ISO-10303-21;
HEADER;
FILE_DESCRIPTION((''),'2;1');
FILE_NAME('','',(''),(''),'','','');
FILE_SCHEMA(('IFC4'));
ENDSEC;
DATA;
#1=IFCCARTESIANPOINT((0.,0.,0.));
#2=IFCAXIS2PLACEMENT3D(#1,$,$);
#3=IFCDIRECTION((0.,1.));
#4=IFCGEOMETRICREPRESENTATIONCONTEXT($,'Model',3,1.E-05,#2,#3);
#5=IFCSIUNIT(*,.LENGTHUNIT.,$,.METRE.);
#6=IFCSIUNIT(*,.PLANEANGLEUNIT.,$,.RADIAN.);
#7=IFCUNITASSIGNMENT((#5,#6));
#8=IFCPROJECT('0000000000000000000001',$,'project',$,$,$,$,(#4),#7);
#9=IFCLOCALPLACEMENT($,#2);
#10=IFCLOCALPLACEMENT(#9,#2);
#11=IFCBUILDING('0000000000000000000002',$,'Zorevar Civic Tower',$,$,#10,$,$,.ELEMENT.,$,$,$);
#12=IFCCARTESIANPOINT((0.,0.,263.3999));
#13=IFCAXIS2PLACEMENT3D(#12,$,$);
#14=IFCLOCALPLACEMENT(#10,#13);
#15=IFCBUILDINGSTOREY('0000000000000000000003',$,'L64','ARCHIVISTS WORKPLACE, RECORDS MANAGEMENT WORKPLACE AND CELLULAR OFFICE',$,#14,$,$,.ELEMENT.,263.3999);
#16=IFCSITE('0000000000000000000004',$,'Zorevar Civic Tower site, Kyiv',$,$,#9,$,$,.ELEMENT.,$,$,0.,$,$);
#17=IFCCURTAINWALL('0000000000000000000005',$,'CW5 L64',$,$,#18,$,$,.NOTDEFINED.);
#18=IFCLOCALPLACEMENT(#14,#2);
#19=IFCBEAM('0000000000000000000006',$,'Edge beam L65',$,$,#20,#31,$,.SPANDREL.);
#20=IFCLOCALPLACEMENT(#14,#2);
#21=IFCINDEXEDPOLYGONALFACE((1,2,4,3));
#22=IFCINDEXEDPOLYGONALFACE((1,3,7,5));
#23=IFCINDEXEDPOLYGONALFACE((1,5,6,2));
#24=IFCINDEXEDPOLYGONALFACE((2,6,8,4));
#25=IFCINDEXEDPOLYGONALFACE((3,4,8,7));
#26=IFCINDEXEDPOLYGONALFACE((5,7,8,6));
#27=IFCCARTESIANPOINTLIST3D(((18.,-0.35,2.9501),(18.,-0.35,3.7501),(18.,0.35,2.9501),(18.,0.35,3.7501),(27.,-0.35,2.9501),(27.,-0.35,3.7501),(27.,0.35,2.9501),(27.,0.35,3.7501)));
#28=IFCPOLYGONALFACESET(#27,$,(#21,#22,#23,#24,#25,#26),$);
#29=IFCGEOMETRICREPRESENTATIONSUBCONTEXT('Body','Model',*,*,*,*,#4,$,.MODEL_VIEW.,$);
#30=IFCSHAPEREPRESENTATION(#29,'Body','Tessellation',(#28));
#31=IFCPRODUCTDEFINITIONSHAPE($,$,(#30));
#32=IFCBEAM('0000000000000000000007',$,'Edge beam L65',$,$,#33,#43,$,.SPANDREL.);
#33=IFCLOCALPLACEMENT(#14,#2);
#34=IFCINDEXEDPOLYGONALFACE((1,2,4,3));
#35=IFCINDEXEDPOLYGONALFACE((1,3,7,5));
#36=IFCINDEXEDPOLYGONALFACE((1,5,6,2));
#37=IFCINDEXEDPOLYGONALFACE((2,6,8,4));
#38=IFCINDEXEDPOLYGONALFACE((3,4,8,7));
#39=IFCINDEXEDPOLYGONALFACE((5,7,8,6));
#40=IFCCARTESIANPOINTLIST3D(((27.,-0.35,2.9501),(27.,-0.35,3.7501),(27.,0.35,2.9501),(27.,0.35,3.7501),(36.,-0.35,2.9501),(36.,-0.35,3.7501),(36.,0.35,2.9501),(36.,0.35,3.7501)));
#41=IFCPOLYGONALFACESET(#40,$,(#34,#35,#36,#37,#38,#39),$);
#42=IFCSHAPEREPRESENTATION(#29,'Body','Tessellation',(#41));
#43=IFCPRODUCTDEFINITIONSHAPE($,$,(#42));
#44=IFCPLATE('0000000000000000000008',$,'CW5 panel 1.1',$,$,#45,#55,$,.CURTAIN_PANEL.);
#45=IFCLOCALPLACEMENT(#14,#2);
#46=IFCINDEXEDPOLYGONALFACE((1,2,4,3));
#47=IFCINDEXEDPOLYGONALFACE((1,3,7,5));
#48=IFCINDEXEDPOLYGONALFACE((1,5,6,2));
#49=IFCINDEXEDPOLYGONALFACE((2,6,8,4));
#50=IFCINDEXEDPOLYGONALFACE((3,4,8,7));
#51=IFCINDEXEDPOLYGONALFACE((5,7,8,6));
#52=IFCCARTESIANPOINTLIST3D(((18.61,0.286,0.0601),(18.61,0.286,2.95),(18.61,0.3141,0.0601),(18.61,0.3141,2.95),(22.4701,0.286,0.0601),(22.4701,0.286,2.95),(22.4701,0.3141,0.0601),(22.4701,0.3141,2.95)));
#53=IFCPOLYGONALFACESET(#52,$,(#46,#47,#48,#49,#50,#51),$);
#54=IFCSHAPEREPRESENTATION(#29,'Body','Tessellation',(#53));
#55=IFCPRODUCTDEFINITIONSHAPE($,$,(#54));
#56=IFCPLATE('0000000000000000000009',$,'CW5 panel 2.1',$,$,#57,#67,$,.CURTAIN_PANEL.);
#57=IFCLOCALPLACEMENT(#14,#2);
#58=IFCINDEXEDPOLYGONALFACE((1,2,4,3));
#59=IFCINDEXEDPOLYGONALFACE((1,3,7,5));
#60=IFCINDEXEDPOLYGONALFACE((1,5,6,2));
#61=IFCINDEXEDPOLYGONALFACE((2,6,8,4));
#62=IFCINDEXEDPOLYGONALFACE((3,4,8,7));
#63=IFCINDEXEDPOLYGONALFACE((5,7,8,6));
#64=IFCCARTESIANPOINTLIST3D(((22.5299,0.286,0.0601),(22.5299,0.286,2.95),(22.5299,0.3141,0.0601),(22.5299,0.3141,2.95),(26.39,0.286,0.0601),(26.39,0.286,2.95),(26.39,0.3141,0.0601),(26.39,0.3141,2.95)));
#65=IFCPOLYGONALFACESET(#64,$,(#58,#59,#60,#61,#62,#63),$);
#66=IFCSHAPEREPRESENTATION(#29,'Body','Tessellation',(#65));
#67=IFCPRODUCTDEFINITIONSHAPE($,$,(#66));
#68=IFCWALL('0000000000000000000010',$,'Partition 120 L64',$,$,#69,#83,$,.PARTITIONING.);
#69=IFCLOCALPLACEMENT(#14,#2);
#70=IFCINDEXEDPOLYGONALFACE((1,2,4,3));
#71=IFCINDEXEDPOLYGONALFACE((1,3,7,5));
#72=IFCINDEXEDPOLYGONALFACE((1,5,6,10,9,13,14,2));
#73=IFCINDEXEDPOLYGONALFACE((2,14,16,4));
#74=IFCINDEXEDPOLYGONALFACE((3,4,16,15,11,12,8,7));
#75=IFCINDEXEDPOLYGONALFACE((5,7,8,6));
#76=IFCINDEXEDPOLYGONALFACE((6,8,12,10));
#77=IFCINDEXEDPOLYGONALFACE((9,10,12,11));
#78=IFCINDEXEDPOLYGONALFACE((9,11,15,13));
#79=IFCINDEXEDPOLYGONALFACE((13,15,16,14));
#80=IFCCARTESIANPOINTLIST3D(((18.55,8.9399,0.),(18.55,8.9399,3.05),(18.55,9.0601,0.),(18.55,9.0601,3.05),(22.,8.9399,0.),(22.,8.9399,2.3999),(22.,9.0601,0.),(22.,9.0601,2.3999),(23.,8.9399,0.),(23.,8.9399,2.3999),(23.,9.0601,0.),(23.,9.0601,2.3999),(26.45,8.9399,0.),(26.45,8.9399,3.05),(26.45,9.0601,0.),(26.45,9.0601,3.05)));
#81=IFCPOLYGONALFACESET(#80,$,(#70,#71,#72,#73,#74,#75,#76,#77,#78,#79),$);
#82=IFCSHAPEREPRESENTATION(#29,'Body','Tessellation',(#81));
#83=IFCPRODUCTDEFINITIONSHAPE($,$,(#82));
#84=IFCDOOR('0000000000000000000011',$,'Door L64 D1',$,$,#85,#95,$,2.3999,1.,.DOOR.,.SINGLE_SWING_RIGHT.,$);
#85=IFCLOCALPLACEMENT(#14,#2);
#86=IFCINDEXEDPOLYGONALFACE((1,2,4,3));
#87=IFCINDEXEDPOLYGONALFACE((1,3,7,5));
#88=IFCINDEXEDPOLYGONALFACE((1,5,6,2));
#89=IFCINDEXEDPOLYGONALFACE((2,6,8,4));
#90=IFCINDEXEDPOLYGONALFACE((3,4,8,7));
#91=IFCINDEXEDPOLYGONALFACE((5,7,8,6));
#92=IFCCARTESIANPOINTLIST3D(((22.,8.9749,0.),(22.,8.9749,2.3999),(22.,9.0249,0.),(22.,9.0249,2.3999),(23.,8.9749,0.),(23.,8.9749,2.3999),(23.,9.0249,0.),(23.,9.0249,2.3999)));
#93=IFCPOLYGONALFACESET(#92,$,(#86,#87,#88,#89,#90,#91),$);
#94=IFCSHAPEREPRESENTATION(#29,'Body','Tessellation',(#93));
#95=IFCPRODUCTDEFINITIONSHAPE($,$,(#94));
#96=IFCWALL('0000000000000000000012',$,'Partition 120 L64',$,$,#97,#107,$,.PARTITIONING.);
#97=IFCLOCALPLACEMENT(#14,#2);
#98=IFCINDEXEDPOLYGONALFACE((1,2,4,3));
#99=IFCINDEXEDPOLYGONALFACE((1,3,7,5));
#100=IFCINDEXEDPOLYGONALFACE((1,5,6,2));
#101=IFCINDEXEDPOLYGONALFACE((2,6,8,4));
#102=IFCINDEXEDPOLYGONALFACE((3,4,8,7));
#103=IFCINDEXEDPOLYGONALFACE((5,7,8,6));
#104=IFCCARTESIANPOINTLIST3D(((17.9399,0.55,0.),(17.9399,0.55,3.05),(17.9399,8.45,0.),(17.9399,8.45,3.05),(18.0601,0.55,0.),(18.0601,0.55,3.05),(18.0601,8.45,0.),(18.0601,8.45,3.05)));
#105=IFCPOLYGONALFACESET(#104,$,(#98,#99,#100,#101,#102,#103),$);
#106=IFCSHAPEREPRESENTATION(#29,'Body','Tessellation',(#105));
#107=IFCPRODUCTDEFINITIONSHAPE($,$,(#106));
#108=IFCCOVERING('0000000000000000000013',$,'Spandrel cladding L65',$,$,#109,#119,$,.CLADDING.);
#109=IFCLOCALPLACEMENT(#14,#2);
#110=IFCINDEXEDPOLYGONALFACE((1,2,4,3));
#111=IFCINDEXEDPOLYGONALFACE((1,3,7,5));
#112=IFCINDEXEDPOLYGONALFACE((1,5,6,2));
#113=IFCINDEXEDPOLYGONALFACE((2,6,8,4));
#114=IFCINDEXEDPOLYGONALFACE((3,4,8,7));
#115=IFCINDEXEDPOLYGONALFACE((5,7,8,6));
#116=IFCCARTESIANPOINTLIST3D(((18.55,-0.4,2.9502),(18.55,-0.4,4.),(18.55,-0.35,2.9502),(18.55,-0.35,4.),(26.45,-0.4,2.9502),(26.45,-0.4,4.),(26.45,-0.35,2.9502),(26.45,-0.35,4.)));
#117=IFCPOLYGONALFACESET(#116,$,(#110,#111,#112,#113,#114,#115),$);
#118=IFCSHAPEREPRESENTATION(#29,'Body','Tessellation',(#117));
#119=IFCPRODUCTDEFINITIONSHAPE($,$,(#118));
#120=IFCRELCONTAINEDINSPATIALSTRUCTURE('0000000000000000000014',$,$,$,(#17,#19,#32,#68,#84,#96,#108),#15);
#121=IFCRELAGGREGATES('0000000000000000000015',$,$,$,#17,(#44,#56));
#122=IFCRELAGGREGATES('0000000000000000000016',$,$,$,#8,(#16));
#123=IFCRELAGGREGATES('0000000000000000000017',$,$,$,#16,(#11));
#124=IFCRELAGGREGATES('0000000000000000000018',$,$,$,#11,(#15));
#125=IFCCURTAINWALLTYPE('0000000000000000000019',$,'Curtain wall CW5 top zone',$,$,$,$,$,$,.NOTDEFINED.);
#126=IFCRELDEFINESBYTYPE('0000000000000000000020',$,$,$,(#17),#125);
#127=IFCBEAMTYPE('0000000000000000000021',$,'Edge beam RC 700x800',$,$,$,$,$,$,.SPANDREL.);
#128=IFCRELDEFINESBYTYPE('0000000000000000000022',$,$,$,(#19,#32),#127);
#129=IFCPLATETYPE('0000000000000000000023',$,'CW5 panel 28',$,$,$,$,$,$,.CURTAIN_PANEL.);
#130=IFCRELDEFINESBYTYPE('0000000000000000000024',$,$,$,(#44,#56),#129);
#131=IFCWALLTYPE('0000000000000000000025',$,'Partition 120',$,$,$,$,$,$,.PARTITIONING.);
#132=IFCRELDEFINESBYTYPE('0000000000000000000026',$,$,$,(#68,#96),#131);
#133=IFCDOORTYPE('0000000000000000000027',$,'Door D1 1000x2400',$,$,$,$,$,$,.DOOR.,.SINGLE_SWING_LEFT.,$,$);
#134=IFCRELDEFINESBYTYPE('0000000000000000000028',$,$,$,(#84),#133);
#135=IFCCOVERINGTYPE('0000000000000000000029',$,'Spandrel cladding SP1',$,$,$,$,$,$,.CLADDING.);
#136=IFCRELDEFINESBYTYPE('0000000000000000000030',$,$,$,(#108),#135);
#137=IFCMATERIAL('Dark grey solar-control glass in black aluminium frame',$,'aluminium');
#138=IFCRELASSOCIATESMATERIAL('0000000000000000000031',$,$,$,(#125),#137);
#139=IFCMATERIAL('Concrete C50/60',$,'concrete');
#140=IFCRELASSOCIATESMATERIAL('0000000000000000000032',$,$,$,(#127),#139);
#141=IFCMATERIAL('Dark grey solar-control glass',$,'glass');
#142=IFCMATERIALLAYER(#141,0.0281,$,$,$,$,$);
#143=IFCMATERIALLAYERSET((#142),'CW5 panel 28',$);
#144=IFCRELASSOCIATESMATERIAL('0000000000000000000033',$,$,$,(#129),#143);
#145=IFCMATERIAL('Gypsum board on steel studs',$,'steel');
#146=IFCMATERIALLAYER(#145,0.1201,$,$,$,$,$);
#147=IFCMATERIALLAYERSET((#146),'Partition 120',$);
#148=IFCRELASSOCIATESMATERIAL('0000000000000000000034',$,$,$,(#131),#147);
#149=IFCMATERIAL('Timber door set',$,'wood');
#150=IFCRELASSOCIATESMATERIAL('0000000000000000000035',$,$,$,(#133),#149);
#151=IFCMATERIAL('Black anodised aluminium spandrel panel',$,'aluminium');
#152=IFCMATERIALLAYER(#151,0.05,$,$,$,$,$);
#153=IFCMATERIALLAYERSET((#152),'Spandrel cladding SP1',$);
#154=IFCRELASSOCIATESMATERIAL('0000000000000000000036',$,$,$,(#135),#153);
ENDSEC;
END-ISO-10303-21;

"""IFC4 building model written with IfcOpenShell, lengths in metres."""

from ifc_helpers import new_model, si_unit, direction, frame, frame_2d, origin, origin_2d, place, context, subcontext, project, spatial, rectangle, extrude, material, layer, layer_set, material_profile, profile_set, type_object, element, fill, aggregate, save


model = new_model("IFC4")

# Units and contexts
model_context = context("Model", 3, precision=1e-05, world=origin(), true_north=direction((0.0, 1.0)))
body_context = subcontext(model_context, "Body", "Model", "MODEL_VIEW")
ifc_project = project(units=[si_unit("LENGTHUNIT", "METRE"), si_unit("PLANEANGLEUNIT", "RADIAN")], contexts=[model_context])

# Site, building, storey
site_placement = place(None, origin())
site = spatial("IfcSite", under=ifc_project, at=site_placement, Name="Zorevar Civic Tower site, Kyiv", CompositionType="ELEMENT", RefElevation=0.0)
building_placement = place(site_placement, origin())
building = spatial("IfcBuilding", under=site, at=building_placement, Name="Zorevar Civic Tower", CompositionType="ELEMENT")
storey_placement = place(building_placement, frame((0.0, 0.0, 263.3999)))
storey = spatial("IfcBuildingStorey", under=building, at=storey_placement, Name="L64", Description="ARCHIVISTS WORKPLACE, RECORDS MANAGEMENT WORKPLACE AND CELLULAR OFFICE", CompositionType="ELEMENT", Elevation=263.3999)

# Curtain wall
ifc_material_1 = material(Name="Dark grey solar-control glass in black aluminium frame", Category="aluminium")
curtain_wall_type = type_object("IfcCurtainWallType", Name="Curtain wall CW5 top zone", PredefinedType="NOTDEFINED", material=ifc_material_1)
curtain_wall_placement = place(storey_placement, origin())
curtain_wall = element("IfcCurtainWall", 1, at=curtain_wall_placement, inside=storey, type_object=curtain_wall_type, Name="CW5 L64", PredefinedType="NOTDEFINED")

# Beams
ifc_material_2 = material(Name="Concrete C50/60", Category="concrete")
ifc_material_profile_1 = material_profile(ifc_material_2, rectangle(XDim=0.7, YDim=0.8, at=origin_2d()), Name="RC 700x800")
ifc_profile_set_1 = profile_set([ifc_material_profile_1], Name="Concrete C50/60")
beam_type_1 = type_object("IfcBeamType", Name="Edge beam RC 700x800", PredefinedType="SPANDREL", material=ifc_profile_set_1)
for number, where, z_axis, x_axis, name in (
    (2, (18.0, 0.0, 3.3501), (1.0, 0.0, 0.0), (0.0, 1.0, 0.0), "Edge beam L65"),
    (3, (27.0, 0.0, 3.3501), (1.0, 0.0, 0.0), (0.0, 1.0, 0.0), "Edge beam L65"),
):
    element("IfcBeam", number, at=place(storey_placement, frame(where, z_axis=z_axis, x_axis=x_axis)), inside=storey, type_object=beam_type_1, Name=name, PredefinedType="SPANDREL", context=body_context, shape_type="SweptSolid", body=[
        extrude(rectangle(XDim=0.7, YDim=0.8, at=origin_2d()), origin(), (0.0, 0.0, 1.0), 9.0),
    ])

# Plates
ifc_material_3 = material(Name="Dark grey solar-control glass", Category="glass")
ifc_layer_1 = layer(ifc_material_3, 0.0281)
ifc_layer_set_1 = layer_set([ifc_layer_1], Name="CW5 panel 28")
plate_type = type_object("IfcPlateType", Name="CW5 panel 28", PredefinedType="CURTAIN_PANEL", material=ifc_layer_set_1)
plate_1_placement = place(storey_placement, frame((20.54, 0.3, 0.0601), z_axis=(0.0, 0.0, 1.0), x_axis=(1.0, 0.0, 0.0)))
plate_1 = element("IfcPlate", 4, at=plate_1_placement, type_object=plate_type, Name="CW5 panel 1.1", PredefinedType="CURTAIN_PANEL", context=body_context, shape_type="SweptSolid", body=[
    extrude(rectangle(XDim=3.8601, YDim=0.0281, at=origin_2d()), origin(), (0.0, 0.0, 1.0), 2.8899),
])
plate_2_placement = place(storey_placement, frame((24.46, 0.3, 0.0601), z_axis=(0.0, 0.0, 1.0), x_axis=(1.0, 0.0, 0.0)))
plate_2 = element("IfcPlate", 5, at=plate_2_placement, type_object=plate_type, Name="CW5 panel 2.1", PredefinedType="CURTAIN_PANEL", context=body_context, shape_type="SweptSolid", body=[
    extrude(rectangle(XDim=3.8601, YDim=0.0281, at=origin_2d()), origin(), (0.0, 0.0, 1.0), 2.8899),
])
aggregate(curtain_wall, [plate_1, plate_2])

# Wall, opening, door
ifc_material_4 = material(Name="Gypsum board on steel studs", Category="steel")
ifc_layer_2 = layer(ifc_material_4, 0.1201)
ifc_layer_set_2 = layer_set([ifc_layer_2], Name="Partition 120")
wall_type = type_object("IfcWallType", Name="Partition 120", PredefinedType="PARTITIONING", material=ifc_layer_set_2)
wall_1_placement = place(storey_placement, frame((18.55, 9.0, 0.0), z_axis=(0.0, 0.0, 1.0), x_axis=(1.0, 0.0, 0.0)))
wall_1 = element("IfcWall", 6, at=wall_1_placement, inside=storey, type_object=wall_type, Name="Partition 120 L64", PredefinedType="PARTITIONING", context=body_context, shape_type="SweptSolid", body=[
    extrude(rectangle(XDim=7.8999, YDim=0.1201, at=frame_2d((3.95, 0.0))), origin(), (0.0, 0.0, 1.0), 3.05),
])
opening_placement = place(wall_1_placement, frame((3.45, 0.0, 0.0)))
opening = element("IfcOpeningElement", 7, at=opening_placement, cuts=wall_1, PredefinedType="OPENING", context=body_context, shape_type="SweptSolid", body=[
    extrude(rectangle(XDim=1.0, YDim=2.3999, at=frame_2d((0.5, 1.2))), frame((0.0, 0.0701, 0.0), z_axis=(0.0, -1.0, 0.0), x_axis=(1.0, 0.0, 0.0)), (0.0, 0.0, 1.0), 0.1401),
])
ifc_material_5 = material(Name="Timber door set", Category="wood")
door_type = type_object("IfcDoorType", Name="Door D1 1000x2400", OperationType="SINGLE_SWING_LEFT", PredefinedType="DOOR", material=ifc_material_5)
door_placement = place(opening_placement, origin())
door = element("IfcDoor", 8, at=door_placement, inside=storey, type_object=door_type, Name="Door L64 D1", OperationType="SINGLE_SWING_RIGHT", OverallHeight=2.3999, OverallWidth=1.0, PredefinedType="DOOR", context=body_context, shape_type="SweptSolid", body=[
    extrude(rectangle(XDim=1.0, YDim=2.3999, at=frame_2d((0.5, 1.2))), frame((0.0, 0.0249, 0.0), z_axis=(0.0, -1.0, 0.0), x_axis=(1.0, 0.0, 0.0)), (0.0, 0.0, 1.0), 0.05),
])
fill(opening, door)

# Wall
wall_2_placement = place(storey_placement, frame((18.0, 0.55, 0.0), z_axis=(0.0, 0.0, 1.0), x_axis=(0.0, 1.0, 0.0)))
element("IfcWall", 9, at=wall_2_placement, inside=storey, type_object=wall_type, Name="Partition 120 L64", PredefinedType="PARTITIONING", context=body_context, shape_type="SweptSolid", body=[
    extrude(rectangle(XDim=7.8999, YDim=0.1201, at=frame_2d((3.95, 0.0))), origin(), (0.0, 0.0, 1.0), 3.05),
])

# Covering
ifc_material_6 = material(Name="Black anodised aluminium spandrel panel", Category="aluminium")
ifc_layer_3 = layer(ifc_material_6, 0.05)
ifc_layer_set_3 = layer_set([ifc_layer_3], Name="Spandrel cladding SP1")
covering_type = type_object("IfcCoveringType", Name="Spandrel cladding SP1", PredefinedType="CLADDING", material=ifc_layer_set_3)
covering_placement = place(storey_placement, frame((18.55, -0.375, 2.9502), z_axis=(0.0, 0.0, 1.0), x_axis=(1.0, 0.0, 0.0)))
element("IfcCovering", 10, at=covering_placement, inside=storey, type_object=covering_type, Name="Spandrel cladding L65", PredefinedType="CLADDING", context=body_context, shape_type="SweptSolid", body=[
    extrude(rectangle(XDim=7.8999, YDim=0.05, at=frame_2d((3.95, 0.0))), origin(), (0.0, 0.0, 1.0), 1.0498),
])

save(model, "model.ifc")
